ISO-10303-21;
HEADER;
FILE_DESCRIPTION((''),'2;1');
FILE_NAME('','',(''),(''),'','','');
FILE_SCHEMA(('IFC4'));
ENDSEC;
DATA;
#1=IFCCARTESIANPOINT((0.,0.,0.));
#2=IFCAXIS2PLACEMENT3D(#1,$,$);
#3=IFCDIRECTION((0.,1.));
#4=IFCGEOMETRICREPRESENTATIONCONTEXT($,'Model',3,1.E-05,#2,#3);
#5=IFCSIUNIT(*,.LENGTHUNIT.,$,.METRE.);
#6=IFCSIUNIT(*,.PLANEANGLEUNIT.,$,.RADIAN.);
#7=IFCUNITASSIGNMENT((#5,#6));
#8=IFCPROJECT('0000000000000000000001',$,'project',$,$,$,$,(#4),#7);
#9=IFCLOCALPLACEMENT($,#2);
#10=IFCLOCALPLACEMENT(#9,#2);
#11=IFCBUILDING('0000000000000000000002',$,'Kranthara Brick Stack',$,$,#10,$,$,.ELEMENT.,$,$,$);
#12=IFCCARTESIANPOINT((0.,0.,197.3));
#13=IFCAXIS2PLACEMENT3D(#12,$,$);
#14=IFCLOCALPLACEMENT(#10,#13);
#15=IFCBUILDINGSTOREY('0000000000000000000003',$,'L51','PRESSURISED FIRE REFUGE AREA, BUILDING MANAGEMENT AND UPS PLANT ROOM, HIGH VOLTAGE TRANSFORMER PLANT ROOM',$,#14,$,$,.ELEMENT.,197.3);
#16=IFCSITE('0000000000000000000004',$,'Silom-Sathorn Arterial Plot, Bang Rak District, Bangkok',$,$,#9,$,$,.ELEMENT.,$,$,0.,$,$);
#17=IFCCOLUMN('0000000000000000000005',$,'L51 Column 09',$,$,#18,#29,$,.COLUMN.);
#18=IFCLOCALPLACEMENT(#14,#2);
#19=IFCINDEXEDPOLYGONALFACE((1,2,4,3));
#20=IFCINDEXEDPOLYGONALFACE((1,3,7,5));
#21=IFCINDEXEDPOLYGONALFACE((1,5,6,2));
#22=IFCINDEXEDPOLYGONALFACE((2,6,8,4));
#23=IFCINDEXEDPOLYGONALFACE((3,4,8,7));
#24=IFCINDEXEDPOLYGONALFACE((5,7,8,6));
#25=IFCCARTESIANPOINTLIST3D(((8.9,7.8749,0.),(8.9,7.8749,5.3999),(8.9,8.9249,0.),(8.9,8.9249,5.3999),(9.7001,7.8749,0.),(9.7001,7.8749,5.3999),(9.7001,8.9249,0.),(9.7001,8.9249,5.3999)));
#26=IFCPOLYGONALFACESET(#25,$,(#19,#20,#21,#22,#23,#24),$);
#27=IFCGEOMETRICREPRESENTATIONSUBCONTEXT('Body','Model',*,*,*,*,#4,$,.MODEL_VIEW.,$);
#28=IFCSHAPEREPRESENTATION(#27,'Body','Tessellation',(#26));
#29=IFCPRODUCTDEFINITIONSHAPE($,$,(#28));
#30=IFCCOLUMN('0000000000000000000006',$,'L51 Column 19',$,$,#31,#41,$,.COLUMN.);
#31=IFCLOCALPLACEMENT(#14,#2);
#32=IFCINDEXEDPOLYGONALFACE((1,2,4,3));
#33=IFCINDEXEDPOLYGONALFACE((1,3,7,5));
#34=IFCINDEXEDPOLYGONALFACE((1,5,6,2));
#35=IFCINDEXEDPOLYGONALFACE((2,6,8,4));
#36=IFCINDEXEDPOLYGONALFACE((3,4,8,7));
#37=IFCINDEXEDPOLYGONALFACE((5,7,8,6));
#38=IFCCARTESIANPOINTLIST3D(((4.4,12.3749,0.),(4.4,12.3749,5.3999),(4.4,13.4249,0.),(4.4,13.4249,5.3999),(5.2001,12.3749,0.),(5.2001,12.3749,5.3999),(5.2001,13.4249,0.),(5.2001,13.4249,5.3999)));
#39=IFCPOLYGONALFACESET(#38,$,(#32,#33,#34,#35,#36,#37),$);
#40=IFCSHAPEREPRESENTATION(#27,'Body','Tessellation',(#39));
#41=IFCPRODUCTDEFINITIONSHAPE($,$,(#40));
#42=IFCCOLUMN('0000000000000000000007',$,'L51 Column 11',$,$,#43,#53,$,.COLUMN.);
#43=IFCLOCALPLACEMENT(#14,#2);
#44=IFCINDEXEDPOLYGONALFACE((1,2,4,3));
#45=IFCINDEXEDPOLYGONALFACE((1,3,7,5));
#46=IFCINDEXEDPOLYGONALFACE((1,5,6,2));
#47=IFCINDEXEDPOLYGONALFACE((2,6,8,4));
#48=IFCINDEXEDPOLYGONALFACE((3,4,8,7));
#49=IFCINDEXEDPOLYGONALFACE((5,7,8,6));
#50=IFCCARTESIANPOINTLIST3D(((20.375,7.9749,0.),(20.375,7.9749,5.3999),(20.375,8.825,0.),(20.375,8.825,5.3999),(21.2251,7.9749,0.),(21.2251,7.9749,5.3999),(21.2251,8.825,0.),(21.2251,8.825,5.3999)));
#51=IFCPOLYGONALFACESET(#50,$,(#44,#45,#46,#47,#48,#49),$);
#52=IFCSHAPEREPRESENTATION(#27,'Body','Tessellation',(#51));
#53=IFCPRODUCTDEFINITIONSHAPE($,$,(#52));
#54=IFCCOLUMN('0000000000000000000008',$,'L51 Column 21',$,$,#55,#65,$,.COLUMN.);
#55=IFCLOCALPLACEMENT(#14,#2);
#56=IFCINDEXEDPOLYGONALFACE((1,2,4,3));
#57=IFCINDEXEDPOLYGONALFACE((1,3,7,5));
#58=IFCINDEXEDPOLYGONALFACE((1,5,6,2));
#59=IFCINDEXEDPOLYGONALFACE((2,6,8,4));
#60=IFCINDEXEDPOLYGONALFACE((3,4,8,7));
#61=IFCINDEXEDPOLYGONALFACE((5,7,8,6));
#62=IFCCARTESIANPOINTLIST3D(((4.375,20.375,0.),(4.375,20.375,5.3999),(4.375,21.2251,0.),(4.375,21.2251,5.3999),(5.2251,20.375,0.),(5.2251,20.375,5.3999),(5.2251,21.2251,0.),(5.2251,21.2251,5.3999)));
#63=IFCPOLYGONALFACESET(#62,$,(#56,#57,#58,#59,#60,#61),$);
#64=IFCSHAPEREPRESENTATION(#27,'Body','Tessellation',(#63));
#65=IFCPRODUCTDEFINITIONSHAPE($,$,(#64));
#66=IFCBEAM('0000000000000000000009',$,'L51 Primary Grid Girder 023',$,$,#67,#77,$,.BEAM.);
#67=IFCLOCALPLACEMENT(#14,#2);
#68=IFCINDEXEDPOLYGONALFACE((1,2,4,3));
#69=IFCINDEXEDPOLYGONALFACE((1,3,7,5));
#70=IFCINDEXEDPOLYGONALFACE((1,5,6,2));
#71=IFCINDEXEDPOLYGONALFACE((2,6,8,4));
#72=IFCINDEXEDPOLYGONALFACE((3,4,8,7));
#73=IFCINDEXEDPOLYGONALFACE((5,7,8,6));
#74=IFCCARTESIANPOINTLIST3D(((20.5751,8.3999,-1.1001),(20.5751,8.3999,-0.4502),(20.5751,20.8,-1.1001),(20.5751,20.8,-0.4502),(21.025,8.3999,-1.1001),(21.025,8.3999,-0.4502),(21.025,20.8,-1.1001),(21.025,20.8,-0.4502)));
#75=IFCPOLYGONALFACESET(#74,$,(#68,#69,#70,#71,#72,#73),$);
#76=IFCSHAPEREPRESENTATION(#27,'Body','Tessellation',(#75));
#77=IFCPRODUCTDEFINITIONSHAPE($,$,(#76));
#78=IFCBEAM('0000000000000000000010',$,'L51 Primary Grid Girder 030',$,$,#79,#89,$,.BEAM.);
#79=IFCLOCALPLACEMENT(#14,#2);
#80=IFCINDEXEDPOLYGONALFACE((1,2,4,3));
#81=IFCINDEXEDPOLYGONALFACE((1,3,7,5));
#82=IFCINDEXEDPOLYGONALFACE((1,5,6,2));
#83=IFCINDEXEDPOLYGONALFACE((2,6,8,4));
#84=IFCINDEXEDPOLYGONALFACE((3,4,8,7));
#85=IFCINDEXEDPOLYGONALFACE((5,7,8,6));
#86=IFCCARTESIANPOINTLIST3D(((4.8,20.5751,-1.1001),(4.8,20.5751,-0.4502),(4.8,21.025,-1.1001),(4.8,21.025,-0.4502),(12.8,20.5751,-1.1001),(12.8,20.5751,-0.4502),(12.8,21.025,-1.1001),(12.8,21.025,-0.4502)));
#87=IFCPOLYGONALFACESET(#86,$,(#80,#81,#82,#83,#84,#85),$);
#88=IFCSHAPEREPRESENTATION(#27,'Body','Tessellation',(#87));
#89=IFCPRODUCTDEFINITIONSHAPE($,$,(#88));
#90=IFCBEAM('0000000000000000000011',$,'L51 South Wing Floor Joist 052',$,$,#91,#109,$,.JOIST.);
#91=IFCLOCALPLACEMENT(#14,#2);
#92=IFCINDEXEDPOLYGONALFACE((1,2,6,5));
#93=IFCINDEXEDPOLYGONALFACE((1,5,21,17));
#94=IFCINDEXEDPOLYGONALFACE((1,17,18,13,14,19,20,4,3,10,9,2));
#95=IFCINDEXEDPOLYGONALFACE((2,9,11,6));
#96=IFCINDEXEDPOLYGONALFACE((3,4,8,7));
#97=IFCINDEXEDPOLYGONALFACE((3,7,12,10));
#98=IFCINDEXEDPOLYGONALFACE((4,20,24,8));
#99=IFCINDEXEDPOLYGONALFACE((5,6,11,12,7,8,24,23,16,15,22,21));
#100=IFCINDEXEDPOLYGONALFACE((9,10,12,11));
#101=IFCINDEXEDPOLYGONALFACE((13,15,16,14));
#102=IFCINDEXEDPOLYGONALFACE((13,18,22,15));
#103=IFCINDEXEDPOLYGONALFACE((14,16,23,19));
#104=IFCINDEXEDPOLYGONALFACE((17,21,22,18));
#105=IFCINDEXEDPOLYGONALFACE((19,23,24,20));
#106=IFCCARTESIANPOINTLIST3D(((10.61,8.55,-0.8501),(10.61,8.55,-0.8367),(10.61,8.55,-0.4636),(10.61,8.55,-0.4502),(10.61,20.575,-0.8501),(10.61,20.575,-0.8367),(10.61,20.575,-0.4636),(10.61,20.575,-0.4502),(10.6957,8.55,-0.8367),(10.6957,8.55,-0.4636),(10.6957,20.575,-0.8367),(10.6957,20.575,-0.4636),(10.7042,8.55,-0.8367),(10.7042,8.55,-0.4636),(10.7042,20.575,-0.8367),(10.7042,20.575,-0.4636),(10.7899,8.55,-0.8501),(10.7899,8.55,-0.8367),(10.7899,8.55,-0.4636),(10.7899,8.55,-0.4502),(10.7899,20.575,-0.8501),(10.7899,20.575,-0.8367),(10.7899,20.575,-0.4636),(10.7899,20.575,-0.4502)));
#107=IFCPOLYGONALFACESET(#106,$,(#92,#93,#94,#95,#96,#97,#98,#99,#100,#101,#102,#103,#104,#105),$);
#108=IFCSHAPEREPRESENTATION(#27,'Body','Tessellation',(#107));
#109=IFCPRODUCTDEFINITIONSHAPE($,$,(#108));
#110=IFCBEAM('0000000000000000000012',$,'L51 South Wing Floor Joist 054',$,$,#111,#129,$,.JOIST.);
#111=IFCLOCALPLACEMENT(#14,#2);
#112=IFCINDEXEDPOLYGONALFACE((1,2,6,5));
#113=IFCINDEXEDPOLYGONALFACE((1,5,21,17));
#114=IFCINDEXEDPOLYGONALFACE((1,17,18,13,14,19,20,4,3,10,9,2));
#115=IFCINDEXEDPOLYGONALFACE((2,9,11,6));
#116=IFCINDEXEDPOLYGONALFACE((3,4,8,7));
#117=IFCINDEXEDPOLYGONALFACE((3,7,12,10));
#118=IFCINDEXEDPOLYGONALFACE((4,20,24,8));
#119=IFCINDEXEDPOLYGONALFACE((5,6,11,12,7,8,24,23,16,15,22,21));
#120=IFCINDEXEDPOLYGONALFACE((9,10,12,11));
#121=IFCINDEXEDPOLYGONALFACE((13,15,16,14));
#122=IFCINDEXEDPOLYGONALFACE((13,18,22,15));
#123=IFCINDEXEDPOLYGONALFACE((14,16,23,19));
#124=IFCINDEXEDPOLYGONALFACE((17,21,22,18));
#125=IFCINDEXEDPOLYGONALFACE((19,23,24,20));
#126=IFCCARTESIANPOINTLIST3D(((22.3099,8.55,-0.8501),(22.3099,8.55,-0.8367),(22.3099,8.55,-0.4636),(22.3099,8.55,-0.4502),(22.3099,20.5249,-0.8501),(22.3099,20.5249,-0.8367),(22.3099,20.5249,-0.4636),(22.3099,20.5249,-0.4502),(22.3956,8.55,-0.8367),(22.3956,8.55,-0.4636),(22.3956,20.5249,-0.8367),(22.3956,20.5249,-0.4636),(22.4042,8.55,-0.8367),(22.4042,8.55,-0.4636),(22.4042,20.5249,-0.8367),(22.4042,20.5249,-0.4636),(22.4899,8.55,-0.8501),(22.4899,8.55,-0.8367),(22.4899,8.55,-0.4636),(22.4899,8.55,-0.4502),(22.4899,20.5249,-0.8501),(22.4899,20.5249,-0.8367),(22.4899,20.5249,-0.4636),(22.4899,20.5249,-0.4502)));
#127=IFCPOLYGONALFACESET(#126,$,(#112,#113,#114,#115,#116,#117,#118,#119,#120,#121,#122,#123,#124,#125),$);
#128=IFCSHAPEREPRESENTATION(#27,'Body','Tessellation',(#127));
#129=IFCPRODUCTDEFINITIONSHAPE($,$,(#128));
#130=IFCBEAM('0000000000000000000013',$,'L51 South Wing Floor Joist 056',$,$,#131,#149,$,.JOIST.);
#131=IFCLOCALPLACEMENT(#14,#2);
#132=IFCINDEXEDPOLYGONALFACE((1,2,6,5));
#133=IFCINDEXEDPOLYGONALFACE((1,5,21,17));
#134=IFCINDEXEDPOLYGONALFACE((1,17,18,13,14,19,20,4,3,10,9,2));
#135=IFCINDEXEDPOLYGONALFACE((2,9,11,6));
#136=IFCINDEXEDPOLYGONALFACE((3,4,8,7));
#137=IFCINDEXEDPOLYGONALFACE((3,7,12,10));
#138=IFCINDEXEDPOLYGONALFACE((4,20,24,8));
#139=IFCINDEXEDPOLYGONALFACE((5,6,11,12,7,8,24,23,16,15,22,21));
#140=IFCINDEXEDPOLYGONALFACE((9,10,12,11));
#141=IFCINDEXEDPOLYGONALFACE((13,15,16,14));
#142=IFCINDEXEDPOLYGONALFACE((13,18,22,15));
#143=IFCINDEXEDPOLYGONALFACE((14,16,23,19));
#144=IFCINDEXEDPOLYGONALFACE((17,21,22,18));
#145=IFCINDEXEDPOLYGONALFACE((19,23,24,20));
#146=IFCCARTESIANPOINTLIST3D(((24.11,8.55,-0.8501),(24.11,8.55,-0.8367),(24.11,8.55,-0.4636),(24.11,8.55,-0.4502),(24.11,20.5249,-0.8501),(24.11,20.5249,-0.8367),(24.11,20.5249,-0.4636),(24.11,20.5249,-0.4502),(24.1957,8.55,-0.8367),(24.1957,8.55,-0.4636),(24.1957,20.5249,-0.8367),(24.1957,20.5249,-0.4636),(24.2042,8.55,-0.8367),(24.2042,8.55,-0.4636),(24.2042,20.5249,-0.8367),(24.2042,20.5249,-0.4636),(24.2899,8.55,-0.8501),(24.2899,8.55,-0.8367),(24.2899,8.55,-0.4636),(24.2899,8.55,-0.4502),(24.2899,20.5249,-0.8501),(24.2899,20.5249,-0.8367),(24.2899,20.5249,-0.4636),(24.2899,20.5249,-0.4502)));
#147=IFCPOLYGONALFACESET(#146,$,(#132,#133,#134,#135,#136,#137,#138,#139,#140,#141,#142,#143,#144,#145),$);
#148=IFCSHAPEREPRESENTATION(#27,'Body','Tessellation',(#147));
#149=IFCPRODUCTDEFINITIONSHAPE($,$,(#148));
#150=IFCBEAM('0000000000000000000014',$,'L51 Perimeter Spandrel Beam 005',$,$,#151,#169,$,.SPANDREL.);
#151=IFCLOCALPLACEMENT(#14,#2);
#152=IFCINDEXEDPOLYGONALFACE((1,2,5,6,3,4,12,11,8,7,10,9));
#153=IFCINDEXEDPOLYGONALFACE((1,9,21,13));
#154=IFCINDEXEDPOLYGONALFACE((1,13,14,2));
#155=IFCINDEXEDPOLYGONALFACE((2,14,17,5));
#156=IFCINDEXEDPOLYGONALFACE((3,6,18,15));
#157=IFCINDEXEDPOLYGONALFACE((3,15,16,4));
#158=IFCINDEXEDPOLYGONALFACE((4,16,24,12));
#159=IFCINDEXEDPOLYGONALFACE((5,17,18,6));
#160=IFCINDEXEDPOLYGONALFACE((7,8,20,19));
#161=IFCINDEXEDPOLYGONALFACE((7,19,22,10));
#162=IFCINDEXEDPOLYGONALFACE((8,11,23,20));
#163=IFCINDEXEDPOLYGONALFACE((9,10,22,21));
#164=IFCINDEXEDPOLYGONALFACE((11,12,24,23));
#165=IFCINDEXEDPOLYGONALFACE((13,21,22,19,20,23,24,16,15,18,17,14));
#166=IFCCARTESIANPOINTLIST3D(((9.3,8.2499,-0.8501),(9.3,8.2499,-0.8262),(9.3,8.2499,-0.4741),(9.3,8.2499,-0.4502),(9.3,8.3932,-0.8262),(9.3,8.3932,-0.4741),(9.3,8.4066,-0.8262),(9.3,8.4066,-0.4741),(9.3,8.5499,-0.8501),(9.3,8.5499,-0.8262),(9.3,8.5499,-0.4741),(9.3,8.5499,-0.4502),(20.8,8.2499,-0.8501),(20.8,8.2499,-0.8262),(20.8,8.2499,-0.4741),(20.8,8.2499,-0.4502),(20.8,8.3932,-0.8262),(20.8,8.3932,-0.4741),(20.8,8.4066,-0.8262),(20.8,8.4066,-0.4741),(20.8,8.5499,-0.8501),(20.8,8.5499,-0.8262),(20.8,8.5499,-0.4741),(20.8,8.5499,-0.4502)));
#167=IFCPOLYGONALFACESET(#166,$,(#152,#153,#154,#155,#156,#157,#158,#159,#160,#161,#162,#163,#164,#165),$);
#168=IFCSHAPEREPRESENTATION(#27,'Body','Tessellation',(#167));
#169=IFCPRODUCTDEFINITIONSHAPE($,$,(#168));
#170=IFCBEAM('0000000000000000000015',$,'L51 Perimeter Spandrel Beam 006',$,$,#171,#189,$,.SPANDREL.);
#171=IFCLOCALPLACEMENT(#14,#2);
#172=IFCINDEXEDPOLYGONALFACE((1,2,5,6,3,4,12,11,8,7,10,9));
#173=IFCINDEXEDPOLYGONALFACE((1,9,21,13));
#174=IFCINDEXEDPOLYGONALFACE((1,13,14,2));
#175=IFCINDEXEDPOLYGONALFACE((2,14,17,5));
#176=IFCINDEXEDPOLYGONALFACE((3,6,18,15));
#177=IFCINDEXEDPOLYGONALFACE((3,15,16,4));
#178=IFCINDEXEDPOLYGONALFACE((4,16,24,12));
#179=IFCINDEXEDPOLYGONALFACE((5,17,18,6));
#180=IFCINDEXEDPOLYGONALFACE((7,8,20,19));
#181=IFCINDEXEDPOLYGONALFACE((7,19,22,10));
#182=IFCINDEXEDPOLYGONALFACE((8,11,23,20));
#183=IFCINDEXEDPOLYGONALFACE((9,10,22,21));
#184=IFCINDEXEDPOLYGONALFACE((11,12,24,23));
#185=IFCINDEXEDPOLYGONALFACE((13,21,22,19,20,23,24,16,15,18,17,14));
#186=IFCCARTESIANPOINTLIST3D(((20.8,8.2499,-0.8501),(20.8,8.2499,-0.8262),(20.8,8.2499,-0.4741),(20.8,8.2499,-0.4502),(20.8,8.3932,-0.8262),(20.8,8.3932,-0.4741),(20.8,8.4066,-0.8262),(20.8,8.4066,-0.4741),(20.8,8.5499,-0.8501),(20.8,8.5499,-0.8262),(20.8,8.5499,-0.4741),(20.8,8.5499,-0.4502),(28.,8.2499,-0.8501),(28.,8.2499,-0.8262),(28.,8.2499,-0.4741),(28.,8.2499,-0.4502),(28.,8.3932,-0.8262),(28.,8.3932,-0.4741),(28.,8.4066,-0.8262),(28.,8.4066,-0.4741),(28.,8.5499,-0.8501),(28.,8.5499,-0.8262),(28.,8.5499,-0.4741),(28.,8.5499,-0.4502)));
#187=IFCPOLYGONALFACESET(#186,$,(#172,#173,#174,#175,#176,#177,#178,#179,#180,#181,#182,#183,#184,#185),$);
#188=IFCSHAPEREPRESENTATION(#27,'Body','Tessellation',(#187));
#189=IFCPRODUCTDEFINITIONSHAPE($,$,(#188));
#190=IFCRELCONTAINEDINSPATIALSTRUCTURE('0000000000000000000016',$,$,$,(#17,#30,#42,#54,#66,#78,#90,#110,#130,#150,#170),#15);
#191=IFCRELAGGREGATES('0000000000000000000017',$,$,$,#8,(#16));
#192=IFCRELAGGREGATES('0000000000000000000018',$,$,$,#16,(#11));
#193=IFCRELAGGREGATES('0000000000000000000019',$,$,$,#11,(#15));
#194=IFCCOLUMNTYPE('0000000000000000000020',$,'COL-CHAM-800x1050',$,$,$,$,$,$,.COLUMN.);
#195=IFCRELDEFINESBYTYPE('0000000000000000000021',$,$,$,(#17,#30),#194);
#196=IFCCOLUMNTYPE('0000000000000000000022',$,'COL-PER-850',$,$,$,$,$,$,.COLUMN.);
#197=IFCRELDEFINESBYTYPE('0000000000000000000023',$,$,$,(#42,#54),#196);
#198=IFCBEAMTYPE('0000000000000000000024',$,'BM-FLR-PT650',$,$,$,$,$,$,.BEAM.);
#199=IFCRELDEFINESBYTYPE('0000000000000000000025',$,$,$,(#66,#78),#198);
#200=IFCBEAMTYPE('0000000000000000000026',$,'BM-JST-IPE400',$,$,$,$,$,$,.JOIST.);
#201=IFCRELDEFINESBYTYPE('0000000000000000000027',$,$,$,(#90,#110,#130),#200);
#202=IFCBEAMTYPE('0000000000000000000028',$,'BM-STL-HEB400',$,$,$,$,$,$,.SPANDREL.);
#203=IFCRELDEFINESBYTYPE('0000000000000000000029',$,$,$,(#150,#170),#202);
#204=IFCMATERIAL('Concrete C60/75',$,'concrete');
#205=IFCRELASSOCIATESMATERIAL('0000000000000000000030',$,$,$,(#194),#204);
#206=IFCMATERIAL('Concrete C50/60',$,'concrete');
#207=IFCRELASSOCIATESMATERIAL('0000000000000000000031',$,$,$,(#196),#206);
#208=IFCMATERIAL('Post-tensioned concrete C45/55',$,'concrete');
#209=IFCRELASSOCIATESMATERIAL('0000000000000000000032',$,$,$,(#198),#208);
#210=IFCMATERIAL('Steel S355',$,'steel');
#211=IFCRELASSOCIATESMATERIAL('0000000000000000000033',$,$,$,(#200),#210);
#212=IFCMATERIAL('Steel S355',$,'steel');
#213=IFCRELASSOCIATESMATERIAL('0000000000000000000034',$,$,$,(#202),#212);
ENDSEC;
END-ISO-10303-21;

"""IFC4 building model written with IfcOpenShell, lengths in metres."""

from ifc_helpers import new_model, si_unit, direction, frame, origin, origin_2d, place, context, subcontext, project, spatial, rectangle, i_section, extrude, material, material_profile, profile_set, type_object, element, save


model = new_model("IFC4")

# Units and contexts
model_context = context("Model", 3, precision=1e-05, world=origin(), true_north=direction((0.0, 1.0)))
body_context = subcontext(model_context, "Body", "Model", "MODEL_VIEW")
ifc_project = project(units=[si_unit("LENGTHUNIT", "METRE"), si_unit("PLANEANGLEUNIT", "RADIAN")], contexts=[model_context])

# Site, building, storey
site_placement = place(None, origin())
site = spatial("IfcSite", under=ifc_project, at=site_placement, Name="Silom-Sathorn Arterial Plot, Bang Rak District, Bangkok", CompositionType="ELEMENT", RefElevation=0.0)
building_placement = place(site_placement, origin())
building = spatial("IfcBuilding", under=site, at=building_placement, Name="Kranthara Brick Stack", CompositionType="ELEMENT")
storey_placement = place(building_placement, frame((0.0, 0.0, 197.3)))
storey = spatial("IfcBuildingStorey", under=building, at=storey_placement, Name="L51", Description="PRESSURISED FIRE REFUGE AREA, BUILDING MANAGEMENT AND UPS PLANT ROOM, HIGH VOLTAGE TRANSFORMER PLANT ROOM", CompositionType="ELEMENT", Elevation=197.3)

# Columns
ifc_material_1 = material(Name="Concrete C60/75", Category="concrete")
ifc_material_profile_1 = material_profile(ifc_material_1, rectangle(XDim=0.8, YDim=1.05, at=origin_2d()), Name="RC 800x1050")
ifc_profile_set_1 = profile_set([ifc_material_profile_1], Name="Concrete C60/75")
column_type_1 = type_object("IfcColumnType", Name="COL-CHAM-800x1050", PredefinedType="COLUMN", material=ifc_profile_set_1)
for number, where, z_axis, x_axis, name in (
    (1, (9.3, 8.3999, 0.0), (0.0, 0.0, 1.0), (1.0, 0.0, 0.0), "L51 Column 09"),
    (2, (4.8, 12.8999, 0.0), (0.0, 0.0, 1.0), (1.0, 0.0, 0.0), "L51 Column 19"),
):
    element("IfcColumn", number, at=place(storey_placement, frame(where, z_axis=z_axis, x_axis=x_axis)), inside=storey, type_object=column_type_1, Name=name, PredefinedType="COLUMN", context=body_context, shape_type="SweptSolid", body=[
        extrude(rectangle(XDim=0.8, YDim=1.05, at=origin_2d()), origin(), (0.0, 0.0, 1.0), 5.3999),
    ])
ifc_material_2 = material(Name="Concrete C50/60", Category="concrete")
ifc_material_profile_2 = material_profile(ifc_material_2, rectangle(XDim=0.8501, YDim=0.8501, at=origin_2d()), Name="RC 850x850")
ifc_profile_set_2 = profile_set([ifc_material_profile_2], Name="Concrete C50/60")
column_type_2 = type_object("IfcColumnType", Name="COL-PER-850", PredefinedType="COLUMN", material=ifc_profile_set_2)
for number, where, z_axis, x_axis, name in (
    (3, (20.8, 8.3999, 0.0), (0.0, 0.0, 1.0), (1.0, 0.0, 0.0), "L51 Column 11"),
    (4, (4.8, 20.8, 0.0), (0.0, 0.0, 1.0), (1.0, 0.0, 0.0), "L51 Column 21"),
):
    element("IfcColumn", number, at=place(storey_placement, frame(where, z_axis=z_axis, x_axis=x_axis)), inside=storey, type_object=column_type_2, Name=name, PredefinedType="COLUMN", context=body_context, shape_type="SweptSolid", body=[
        extrude(rectangle(XDim=0.8501, YDim=0.8501, at=origin_2d()), origin(), (0.0, 0.0, 1.0), 5.3999),
    ])

# Beams
ifc_material_3 = material(Name="Post-tensioned concrete C45/55", Category="concrete")
ifc_material_profile_3 = material_profile(ifc_material_3, rectangle(XDim=0.45, YDim=0.6499, at=origin_2d()), Name="PT 450x650")
ifc_profile_set_3 = profile_set([ifc_material_profile_3], Name="Post-tensioned concrete C45/55")
beam_type_1 = type_object("IfcBeamType", Name="BM-FLR-PT650", PredefinedType="BEAM", material=ifc_profile_set_3)
beam_1_placement = place(storey_placement, frame((20.8, 8.3999, -0.7751), z_axis=(0.0, 1.0, 0.0), x_axis=(-1.0, 0.0, 0.0)))
element("IfcBeam", 5, at=beam_1_placement, inside=storey, type_object=beam_type_1, Name="L51 Primary Grid Girder 023", PredefinedType="BEAM", context=body_context, shape_type="SweptSolid", body=[
    extrude(rectangle(XDim=0.45, YDim=0.6499, at=origin_2d()), origin(), (0.0, 0.0, 1.0), 12.4001),
])
beam_2_placement = place(storey_placement, frame((4.8, 20.8, -0.7751), z_axis=(1.0, 0.0, 0.0), x_axis=(0.0, 1.0, 0.0)))
element("IfcBeam", 6, at=beam_2_placement, inside=storey, type_object=beam_type_1, Name="L51 Primary Grid Girder 030", PredefinedType="BEAM", context=body_context, shape_type="SweptSolid", body=[
    extrude(rectangle(XDim=0.45, YDim=0.6499, at=origin_2d()), origin(), (0.0, 0.0, 1.0), 8.0),
])
ifc_material_4 = material(Name="Steel S355", Category="steel")
ifc_material_profile_4 = material_profile(ifc_material_4, i_section(OverallWidth=0.1799, OverallDepth=0.3999, WebThickness=0.0085, FlangeThickness=0.0134, at=origin_2d()), Name="IPE 400")
ifc_profile_set_4 = profile_set([ifc_material_profile_4], Name="Steel S355")
beam_type_2 = type_object("IfcBeamType", Name="BM-JST-IPE400", PredefinedType="JOIST", material=ifc_profile_set_4)
beam_3_placement = place(storey_placement, frame((10.7, 8.55, -0.6501), z_axis=(0.0, 1.0, 0.0), x_axis=(-1.0, 0.0, 0.0)))
element("IfcBeam", 7, at=beam_3_placement, inside=storey, type_object=beam_type_2, Name="L51 South Wing Floor Joist 052", PredefinedType="JOIST", context=body_context, shape_type="SweptSolid", body=[
    extrude(i_section(OverallWidth=0.1799, OverallDepth=0.3999, WebThickness=0.0085, FlangeThickness=0.0134, at=origin_2d()), origin(), (0.0, 0.0, 1.0), 12.0249),
])
for number, where, z_axis, x_axis, name in (
    (8, (22.3999, 8.55, -0.6501), (0.0, 1.0, 0.0), (-1.0, 0.0, 0.0), "L51 South Wing Floor Joist 054"),
    (9, (24.2, 8.55, -0.6501), (0.0, 1.0, 0.0), (-1.0, 0.0, 0.0), "L51 South Wing Floor Joist 056"),
):
    element("IfcBeam", number, at=place(storey_placement, frame(where, z_axis=z_axis, x_axis=x_axis)), inside=storey, type_object=beam_type_2, Name=name, PredefinedType="JOIST", context=body_context, shape_type="SweptSolid", body=[
        extrude(i_section(OverallWidth=0.1799, OverallDepth=0.3999, WebThickness=0.0085, FlangeThickness=0.0134, at=origin_2d()), origin(), (0.0, 0.0, 1.0), 11.9749),
    ])
ifc_material_5 = material(Name="Steel S355", Category="steel")
ifc_material_profile_5 = material_profile(ifc_material_5, i_section(OverallWidth=0.3, OverallDepth=0.3999, WebThickness=0.0134, FlangeThickness=0.0239, at=origin_2d()), Name="HEB 400")
ifc_profile_set_5 = profile_set([ifc_material_profile_5], Name="Steel S355")
beam_type_3 = type_object("IfcBeamType", Name="BM-STL-HEB400", PredefinedType="SPANDREL", material=ifc_profile_set_5)
beam_4_placement = place(storey_placement, frame((9.3, 8.3999, -0.6501), z_axis=(1.0, 0.0, 0.0), x_axis=(0.0, 1.0, 0.0)))
element("IfcBeam", 10, at=beam_4_placement, inside=storey, type_object=beam_type_3, Name="L51 Perimeter Spandrel Beam 005", PredefinedType="SPANDREL", context=body_context, shape_type="SweptSolid", body=[
    extrude(i_section(OverallWidth=0.3, OverallDepth=0.3999, WebThickness=0.0134, FlangeThickness=0.0239, at=origin_2d()), origin(), (0.0, 0.0, 1.0), 11.5),
])
beam_5_placement = place(storey_placement, frame((20.8, 8.3999, -0.6501), z_axis=(1.0, 0.0, 0.0), x_axis=(0.0, 1.0, 0.0)))
element("IfcBeam", 11, at=beam_5_placement, inside=storey, type_object=beam_type_3, Name="L51 Perimeter Spandrel Beam 006", PredefinedType="SPANDREL", context=body_context, shape_type="SweptSolid", body=[
    extrude(i_section(OverallWidth=0.3, OverallDepth=0.3999, WebThickness=0.0134, FlangeThickness=0.0239, at=origin_2d()), origin(), (0.0, 0.0, 1.0), 7.2),
])

save(model, "model.ifc")
